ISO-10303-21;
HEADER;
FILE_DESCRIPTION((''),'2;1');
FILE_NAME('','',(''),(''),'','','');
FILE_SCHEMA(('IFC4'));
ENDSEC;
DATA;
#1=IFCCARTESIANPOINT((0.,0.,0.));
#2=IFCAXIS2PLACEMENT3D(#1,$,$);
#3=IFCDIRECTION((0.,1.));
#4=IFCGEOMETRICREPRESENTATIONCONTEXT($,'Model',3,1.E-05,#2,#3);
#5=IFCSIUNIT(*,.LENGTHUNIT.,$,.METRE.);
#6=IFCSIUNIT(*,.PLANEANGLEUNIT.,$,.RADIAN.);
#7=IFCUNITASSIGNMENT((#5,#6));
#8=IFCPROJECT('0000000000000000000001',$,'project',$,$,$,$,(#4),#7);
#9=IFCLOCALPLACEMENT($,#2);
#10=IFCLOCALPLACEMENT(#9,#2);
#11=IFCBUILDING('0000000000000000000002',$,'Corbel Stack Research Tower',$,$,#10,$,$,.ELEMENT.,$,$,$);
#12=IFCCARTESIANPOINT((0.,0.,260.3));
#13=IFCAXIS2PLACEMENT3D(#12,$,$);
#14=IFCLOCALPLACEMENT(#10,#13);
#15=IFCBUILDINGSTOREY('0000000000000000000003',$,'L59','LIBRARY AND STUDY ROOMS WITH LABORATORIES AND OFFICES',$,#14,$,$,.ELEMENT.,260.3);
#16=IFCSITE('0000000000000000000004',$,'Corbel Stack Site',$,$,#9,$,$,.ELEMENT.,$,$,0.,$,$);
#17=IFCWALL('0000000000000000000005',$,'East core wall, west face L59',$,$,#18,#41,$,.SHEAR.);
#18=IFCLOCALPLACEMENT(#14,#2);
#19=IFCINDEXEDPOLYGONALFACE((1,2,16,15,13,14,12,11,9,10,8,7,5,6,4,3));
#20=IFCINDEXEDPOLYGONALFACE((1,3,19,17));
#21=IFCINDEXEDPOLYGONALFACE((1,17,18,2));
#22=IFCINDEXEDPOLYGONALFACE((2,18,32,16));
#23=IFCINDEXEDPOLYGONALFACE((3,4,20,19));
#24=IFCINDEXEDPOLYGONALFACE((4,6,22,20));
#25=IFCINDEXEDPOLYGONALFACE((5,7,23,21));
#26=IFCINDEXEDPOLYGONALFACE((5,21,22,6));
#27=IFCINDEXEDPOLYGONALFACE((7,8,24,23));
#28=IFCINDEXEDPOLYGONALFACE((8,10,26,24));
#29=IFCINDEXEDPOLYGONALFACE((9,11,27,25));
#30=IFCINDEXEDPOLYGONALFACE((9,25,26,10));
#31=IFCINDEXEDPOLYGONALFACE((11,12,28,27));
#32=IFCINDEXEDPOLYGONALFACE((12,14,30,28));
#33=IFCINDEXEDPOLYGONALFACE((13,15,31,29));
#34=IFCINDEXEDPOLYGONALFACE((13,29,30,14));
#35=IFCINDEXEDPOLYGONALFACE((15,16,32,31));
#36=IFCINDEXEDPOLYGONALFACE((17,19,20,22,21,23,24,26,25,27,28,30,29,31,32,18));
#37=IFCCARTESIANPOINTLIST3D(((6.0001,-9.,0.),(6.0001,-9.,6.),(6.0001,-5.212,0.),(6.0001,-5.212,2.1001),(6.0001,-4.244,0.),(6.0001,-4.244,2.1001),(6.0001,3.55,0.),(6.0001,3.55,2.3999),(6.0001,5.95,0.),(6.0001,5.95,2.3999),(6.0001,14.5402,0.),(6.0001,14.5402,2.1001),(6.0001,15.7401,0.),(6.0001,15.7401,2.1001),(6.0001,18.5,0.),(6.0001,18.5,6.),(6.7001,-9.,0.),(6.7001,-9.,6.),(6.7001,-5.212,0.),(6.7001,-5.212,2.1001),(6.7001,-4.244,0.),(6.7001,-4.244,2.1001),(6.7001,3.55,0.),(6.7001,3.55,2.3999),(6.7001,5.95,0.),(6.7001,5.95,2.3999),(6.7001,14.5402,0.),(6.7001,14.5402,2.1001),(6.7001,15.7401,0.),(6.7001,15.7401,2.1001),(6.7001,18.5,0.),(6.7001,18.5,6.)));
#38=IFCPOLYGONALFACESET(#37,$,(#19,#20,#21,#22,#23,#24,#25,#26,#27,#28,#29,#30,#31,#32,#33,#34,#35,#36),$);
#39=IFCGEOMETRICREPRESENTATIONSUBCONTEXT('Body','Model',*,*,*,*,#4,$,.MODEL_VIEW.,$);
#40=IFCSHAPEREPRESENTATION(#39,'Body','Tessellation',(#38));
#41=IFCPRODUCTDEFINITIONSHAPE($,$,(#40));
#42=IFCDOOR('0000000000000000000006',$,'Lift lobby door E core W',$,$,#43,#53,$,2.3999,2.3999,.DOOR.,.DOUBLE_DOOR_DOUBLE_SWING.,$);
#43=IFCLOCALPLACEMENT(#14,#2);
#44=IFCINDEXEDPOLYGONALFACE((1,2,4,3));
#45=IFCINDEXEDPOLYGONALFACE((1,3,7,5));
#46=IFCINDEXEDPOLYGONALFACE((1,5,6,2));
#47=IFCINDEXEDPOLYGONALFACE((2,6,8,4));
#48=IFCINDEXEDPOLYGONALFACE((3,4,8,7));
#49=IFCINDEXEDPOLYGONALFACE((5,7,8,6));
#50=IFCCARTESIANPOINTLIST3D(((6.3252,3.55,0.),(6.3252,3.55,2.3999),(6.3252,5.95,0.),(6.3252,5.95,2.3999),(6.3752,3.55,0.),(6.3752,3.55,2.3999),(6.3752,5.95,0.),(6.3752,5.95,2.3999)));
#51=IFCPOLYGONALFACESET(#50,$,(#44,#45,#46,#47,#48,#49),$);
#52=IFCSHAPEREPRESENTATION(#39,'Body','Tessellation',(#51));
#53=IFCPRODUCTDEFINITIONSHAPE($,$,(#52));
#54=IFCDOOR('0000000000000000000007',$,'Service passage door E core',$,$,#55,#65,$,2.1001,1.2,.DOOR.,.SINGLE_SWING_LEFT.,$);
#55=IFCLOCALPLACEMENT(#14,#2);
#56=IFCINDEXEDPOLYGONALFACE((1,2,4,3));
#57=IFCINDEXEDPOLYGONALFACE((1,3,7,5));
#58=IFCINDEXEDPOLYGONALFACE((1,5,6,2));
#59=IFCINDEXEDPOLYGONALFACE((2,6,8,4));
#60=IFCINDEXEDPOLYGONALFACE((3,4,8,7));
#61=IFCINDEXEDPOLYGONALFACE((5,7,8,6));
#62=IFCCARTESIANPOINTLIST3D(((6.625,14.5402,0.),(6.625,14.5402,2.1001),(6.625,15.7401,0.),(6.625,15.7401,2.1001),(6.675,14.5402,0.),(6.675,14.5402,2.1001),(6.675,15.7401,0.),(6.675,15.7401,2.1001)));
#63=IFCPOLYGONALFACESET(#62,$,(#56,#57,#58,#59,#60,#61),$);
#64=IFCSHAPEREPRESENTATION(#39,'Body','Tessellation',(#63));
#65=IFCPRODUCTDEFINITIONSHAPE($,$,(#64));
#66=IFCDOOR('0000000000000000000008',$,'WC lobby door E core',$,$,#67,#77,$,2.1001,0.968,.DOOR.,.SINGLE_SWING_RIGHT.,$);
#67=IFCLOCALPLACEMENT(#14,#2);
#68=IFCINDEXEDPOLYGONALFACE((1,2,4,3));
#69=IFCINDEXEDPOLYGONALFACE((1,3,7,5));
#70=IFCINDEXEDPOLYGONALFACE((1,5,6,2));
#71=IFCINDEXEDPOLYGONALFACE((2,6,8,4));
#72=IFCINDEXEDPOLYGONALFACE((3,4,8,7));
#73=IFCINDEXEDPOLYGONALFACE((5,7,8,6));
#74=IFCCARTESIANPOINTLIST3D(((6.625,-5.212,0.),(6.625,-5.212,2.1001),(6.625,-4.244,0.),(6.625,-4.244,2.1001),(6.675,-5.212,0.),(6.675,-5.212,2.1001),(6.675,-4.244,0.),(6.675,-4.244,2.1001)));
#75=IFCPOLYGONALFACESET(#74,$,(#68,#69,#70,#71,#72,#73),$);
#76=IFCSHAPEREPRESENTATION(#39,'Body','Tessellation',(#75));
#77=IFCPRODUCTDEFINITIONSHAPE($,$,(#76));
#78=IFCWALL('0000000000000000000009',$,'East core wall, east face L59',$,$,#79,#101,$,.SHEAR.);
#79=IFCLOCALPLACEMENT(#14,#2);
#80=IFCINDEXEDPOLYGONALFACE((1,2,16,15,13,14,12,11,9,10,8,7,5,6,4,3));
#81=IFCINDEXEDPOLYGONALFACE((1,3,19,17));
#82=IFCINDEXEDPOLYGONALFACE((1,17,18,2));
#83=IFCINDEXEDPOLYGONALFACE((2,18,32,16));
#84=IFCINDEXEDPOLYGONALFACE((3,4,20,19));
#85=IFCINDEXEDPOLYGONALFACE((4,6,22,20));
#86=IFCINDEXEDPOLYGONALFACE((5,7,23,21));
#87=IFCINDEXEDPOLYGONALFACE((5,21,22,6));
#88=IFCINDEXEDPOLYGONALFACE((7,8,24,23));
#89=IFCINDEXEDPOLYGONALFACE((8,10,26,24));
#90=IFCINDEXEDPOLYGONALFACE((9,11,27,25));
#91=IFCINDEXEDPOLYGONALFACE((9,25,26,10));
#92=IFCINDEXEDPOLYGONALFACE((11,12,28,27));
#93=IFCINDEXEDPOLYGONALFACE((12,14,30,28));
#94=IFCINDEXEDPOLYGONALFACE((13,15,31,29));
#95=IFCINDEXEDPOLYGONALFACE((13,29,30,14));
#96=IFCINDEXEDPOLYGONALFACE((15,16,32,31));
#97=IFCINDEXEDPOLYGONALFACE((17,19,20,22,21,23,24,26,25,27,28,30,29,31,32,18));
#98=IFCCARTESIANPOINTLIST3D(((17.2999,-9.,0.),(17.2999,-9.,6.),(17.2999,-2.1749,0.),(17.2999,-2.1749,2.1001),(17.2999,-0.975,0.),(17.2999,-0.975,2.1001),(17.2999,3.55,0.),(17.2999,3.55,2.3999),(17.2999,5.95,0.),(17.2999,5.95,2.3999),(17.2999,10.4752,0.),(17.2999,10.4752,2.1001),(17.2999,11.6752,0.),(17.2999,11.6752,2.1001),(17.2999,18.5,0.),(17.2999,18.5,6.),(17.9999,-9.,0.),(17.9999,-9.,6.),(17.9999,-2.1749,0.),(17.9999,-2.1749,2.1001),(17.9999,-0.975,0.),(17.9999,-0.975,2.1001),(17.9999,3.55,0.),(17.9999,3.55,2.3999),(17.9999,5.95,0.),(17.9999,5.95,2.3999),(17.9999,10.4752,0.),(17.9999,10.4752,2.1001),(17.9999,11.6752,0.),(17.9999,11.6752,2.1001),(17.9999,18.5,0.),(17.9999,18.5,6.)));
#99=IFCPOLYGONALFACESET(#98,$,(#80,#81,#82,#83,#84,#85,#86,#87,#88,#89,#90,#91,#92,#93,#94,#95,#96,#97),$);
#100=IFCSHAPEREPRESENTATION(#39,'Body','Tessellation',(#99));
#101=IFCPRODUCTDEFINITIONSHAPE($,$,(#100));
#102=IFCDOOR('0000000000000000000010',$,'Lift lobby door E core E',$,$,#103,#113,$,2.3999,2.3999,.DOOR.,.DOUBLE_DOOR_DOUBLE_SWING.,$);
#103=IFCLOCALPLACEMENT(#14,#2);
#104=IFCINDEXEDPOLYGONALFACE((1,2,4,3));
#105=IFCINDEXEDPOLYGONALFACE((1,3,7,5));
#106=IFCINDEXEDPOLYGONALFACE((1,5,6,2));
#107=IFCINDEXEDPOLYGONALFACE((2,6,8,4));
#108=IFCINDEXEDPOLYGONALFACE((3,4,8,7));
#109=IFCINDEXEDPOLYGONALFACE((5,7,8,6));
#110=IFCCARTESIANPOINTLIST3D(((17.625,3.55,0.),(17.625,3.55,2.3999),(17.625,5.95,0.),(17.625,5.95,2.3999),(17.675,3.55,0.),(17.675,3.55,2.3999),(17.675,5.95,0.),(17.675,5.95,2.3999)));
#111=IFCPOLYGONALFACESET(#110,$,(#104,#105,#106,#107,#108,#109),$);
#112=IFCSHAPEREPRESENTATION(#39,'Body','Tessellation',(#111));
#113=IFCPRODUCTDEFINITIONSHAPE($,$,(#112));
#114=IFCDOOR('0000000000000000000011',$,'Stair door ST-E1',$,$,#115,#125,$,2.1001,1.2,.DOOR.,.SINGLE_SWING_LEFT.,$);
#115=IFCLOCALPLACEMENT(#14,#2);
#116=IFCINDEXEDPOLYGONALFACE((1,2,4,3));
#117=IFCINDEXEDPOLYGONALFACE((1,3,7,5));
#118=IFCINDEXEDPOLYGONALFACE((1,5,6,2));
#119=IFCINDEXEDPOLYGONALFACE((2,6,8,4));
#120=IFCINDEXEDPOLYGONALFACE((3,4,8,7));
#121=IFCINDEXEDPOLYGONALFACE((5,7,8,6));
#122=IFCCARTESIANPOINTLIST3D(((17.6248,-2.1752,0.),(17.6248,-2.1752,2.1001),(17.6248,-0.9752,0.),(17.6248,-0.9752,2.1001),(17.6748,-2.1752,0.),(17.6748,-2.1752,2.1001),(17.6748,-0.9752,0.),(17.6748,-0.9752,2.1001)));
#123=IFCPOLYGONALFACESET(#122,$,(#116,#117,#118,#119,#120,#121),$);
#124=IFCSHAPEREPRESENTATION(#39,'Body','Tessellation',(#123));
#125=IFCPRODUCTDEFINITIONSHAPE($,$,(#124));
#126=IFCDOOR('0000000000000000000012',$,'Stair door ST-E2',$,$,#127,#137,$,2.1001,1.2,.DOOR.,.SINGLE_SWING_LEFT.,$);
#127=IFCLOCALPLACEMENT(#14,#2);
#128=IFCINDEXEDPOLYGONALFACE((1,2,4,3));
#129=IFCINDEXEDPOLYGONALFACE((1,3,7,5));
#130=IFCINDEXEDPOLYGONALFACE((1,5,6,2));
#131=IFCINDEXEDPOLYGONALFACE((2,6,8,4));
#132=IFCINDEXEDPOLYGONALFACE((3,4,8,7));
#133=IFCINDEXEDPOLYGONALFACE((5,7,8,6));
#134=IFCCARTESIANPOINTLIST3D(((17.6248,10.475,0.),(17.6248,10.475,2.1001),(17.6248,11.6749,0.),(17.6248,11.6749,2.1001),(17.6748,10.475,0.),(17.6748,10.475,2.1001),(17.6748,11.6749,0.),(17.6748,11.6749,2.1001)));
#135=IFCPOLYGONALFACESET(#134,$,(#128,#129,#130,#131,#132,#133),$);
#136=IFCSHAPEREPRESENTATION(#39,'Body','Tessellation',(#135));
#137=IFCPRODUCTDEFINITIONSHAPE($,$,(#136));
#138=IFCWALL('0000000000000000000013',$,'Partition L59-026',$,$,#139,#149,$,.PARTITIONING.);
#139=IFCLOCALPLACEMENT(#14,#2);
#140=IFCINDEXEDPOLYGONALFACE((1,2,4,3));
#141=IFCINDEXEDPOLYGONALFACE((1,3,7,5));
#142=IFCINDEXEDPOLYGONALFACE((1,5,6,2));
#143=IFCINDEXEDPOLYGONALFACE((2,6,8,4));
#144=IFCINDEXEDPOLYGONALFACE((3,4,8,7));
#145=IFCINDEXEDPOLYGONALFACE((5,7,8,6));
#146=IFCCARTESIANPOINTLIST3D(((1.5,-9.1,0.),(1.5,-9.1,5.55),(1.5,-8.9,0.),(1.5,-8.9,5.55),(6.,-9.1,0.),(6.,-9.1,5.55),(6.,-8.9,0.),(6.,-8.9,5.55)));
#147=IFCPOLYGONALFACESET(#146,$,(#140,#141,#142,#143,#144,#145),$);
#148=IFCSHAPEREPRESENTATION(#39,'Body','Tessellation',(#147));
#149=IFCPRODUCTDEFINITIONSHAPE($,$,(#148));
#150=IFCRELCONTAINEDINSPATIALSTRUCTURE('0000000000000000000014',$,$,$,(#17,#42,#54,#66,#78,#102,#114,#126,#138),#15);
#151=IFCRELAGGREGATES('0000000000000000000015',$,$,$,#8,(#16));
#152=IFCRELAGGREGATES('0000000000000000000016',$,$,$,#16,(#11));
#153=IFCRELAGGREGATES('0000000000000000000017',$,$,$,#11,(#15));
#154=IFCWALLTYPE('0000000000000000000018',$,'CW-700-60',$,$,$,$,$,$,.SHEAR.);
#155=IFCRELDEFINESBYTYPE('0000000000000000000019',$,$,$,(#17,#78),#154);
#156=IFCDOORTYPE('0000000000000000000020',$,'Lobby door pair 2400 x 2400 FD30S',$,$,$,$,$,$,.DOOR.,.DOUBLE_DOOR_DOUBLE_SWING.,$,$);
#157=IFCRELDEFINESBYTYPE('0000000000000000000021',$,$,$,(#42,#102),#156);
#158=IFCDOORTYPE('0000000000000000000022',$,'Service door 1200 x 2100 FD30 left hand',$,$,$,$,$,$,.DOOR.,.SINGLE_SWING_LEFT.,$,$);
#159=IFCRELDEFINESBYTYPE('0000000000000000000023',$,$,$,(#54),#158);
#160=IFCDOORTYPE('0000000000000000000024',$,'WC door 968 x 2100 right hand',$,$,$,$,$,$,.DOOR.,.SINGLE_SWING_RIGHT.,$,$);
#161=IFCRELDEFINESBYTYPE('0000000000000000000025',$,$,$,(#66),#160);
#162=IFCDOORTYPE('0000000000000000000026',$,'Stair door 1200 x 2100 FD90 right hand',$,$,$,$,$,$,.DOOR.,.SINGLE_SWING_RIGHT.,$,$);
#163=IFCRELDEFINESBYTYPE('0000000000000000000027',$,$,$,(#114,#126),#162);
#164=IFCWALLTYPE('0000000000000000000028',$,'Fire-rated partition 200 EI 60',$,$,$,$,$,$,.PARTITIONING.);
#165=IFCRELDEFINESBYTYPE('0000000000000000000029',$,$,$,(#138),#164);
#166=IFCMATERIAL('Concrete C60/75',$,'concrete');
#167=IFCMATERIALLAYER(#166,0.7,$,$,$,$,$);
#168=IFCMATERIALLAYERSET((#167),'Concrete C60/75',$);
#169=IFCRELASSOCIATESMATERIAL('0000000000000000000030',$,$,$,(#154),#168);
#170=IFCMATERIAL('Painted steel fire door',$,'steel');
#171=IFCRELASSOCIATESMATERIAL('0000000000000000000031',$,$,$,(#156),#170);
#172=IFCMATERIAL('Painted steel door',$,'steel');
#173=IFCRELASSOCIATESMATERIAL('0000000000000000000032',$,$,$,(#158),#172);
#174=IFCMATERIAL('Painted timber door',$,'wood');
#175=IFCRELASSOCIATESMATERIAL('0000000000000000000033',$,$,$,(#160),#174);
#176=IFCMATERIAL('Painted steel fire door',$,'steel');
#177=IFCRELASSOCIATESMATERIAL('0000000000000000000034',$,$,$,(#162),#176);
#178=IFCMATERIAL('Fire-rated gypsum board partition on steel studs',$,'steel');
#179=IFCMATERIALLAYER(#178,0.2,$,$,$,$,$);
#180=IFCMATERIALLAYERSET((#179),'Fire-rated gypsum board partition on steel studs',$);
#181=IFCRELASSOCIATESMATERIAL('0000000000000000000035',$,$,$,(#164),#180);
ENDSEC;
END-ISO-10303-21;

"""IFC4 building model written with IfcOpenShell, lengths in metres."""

from ifc_helpers import new_model, si_unit, direction, frame, frame_2d, origin, place, context, subcontext, project, spatial, rectangle, extrude, material, layer, layer_set, type_object, element, fill, save


model = new_model("IFC4")

# Units and contexts
model_context = context("Model", 3, precision=1e-05, world=origin(), true_north=direction((0.0, 1.0)))
body_context = subcontext(model_context, "Body", "Model", "MODEL_VIEW")
ifc_project = project(units=[si_unit("LENGTHUNIT", "METRE"), si_unit("PLANEANGLEUNIT", "RADIAN")], contexts=[model_context])

# Site, building, storey
site_placement = place(None, origin())
site = spatial("IfcSite", under=ifc_project, at=site_placement, Name="Corbel Stack Site", CompositionType="ELEMENT", RefElevation=0.0)
building_placement = place(site_placement, origin())
building = spatial("IfcBuilding", under=site, at=building_placement, Name="Corbel Stack Research Tower", CompositionType="ELEMENT")
storey_placement = place(building_placement, frame((0.0, 0.0, 260.3)))
storey = spatial("IfcBuildingStorey", under=building, at=storey_placement, Name="L59", Description="LIBRARY AND STUDY ROOMS WITH LABORATORIES AND OFFICES", CompositionType="ELEMENT", Elevation=260.3)

# Walls, openings, doors
ifc_material_1 = material(Name="Concrete C60/75", Category="concrete")
ifc_layer_1 = layer(ifc_material_1, 0.7)
ifc_layer_set_1 = layer_set([ifc_layer_1], Name="Concrete C60/75")
wall_type_1 = type_object("IfcWallType", Name="CW-700-60", PredefinedType="SHEAR", material=ifc_layer_set_1)
ifc_material_2 = material(Name="Painted steel fire door", Category="steel")
door_type_1 = type_object("IfcDoorType", Name="Lobby door pair 2400 x 2400 FD30S", OperationType="DOUBLE_DOOR_DOUBLE_SWING", PredefinedType="DOOR", material=ifc_material_2)
wall_1_placement = place(storey_placement, frame((6.3501, -9.0, 0.0), z_axis=(0.0, 0.0, 1.0), x_axis=(0.0, 1.0, 0.0)))
wall_1 = element("IfcWall", 1, at=wall_1_placement, inside=storey, type_object=wall_type_1, Name="East core wall, west face L59", PredefinedType="SHEAR", context=body_context, shape_type="SweptSolid", body=[
    extrude(rectangle(XDim=27.5, YDim=0.7, at=frame_2d((13.75, 0.0))), origin(), (0.0, 0.0, 1.0), 6.0),
])
opening_1_placement = place(wall_1_placement, frame((12.55, 0.0, 0.0)))
opening_1 = element("IfcOpeningElement", 2, at=opening_1_placement, cuts=wall_1, PredefinedType="OPENING", context=body_context, shape_type="SweptSolid", body=[
    extrude(rectangle(XDim=2.3999, YDim=2.3999, at=frame_2d((1.2, 1.2))), frame((0.0, 0.3599, 0.0), z_axis=(0.0, -1.0, 0.0), x_axis=(1.0, 0.0, 0.0)), (0.0, 0.0, 1.0), 0.72),
])
opening_2_placement = place(wall_1_placement, frame((3.7881, 0.0, 0.0)))
opening_2 = element("IfcOpeningElement", 3, at=opening_2_placement, cuts=wall_1, PredefinedType="OPENING", context=body_context, shape_type="SweptSolid", body=[
    extrude(rectangle(XDim=0.968, YDim=2.1001, at=frame_2d((0.4839, 1.05))), frame((0.0, 0.3599, 0.0), z_axis=(0.0, -1.0, 0.0), x_axis=(1.0, 0.0, 0.0)), (0.0, 0.0, 1.0), 0.72),
])
opening_3_placement = place(wall_1_placement, frame((23.54, 0.0, 0.0)))
opening_3 = element("IfcOpeningElement", 4, at=opening_3_placement, cuts=wall_1, PredefinedType="OPENING", context=body_context, shape_type="SweptSolid", body=[
    extrude(rectangle(XDim=1.2, YDim=2.1001, at=frame_2d((0.6001, 1.05))), frame((0.0, 0.3599, 0.0), z_axis=(0.0, -1.0, 0.0), x_axis=(1.0, 0.0, 0.0)), (0.0, 0.0, 1.0), 0.72),
])
door_1_placement = place(opening_1_placement, origin())
door_1 = element("IfcDoor", 5, at=door_1_placement, inside=storey, type_object=door_type_1, Name="Lift lobby door E core W", OperationType="DOUBLE_DOOR_DOUBLE_SWING", OverallHeight=2.3999, OverallWidth=2.3999, PredefinedType="DOOR", context=body_context, shape_type="SweptSolid", body=[
    extrude(rectangle(XDim=2.3999, YDim=2.3999, at=frame_2d((1.2, 1.2))), frame((0.0, 0.0249, 0.0), z_axis=(0.0, -1.0, 0.0), x_axis=(1.0, 0.0, 0.0)), (0.0, 0.0, 1.0), 0.05),
])
fill(opening_1, door_1)
ifc_material_3 = material(Name="Painted steel door", Category="steel")
door_type_2 = type_object("IfcDoorType", Name="Service door 1200 x 2100 FD30 left hand", OperationType="SINGLE_SWING_LEFT", PredefinedType="DOOR", material=ifc_material_3)
door_2_placement = place(opening_3_placement, origin())
door_2 = element("IfcDoor", 6, at=door_2_placement, inside=storey, type_object=door_type_2, Name="Service passage door E core", OperationType="SINGLE_SWING_LEFT", OverallHeight=2.1001, OverallWidth=1.2, PredefinedType="DOOR", context=body_context, shape_type="SweptSolid", body=[
    extrude(rectangle(XDim=1.2, YDim=2.1001, at=frame_2d((0.6001, 1.05))), frame((0.0, -0.2749, 0.0), z_axis=(0.0, -1.0, 0.0), x_axis=(1.0, 0.0, 0.0)), (0.0, 0.0, 1.0), 0.05),
])
fill(opening_3, door_2)
ifc_material_4 = material(Name="Painted timber door", Category="wood")
door_type_3 = type_object("IfcDoorType", Name="WC door 968 x 2100 right hand", OperationType="SINGLE_SWING_RIGHT", PredefinedType="DOOR", material=ifc_material_4)
door_3_placement = place(opening_2_placement, origin())
door_3 = element("IfcDoor", 7, at=door_3_placement, inside=storey, type_object=door_type_3, Name="WC lobby door E core", OperationType="SINGLE_SWING_RIGHT", OverallHeight=2.1001, OverallWidth=0.968, PredefinedType="DOOR", context=body_context, shape_type="SweptSolid", body=[
    extrude(rectangle(XDim=0.968, YDim=2.1001, at=frame_2d((0.4839, 1.05))), frame((0.0, -0.2749, 0.0), z_axis=(0.0, -1.0, 0.0), x_axis=(1.0, 0.0, 0.0)), (0.0, 0.0, 1.0), 0.05),
])
fill(opening_2, door_3)
wall_2_placement = place(storey_placement, frame((17.6499, -9.0, 0.0), z_axis=(0.0, 0.0, 1.0), x_axis=(0.0, 1.0, 0.0)))
wall_2 = element("IfcWall", 8, at=wall_2_placement, inside=storey, type_object=wall_type_1, Name="East core wall, east face L59", PredefinedType="SHEAR", context=body_context, shape_type="SweptSolid", body=[
    extrude(rectangle(XDim=27.5, YDim=0.7, at=frame_2d((13.75, 0.0))), origin(), (0.0, 0.0, 1.0), 6.0),
])
opening_4_placement = place(wall_2_placement, frame((12.55, 0.0, 0.0)))
opening_4 = element("IfcOpeningElement", 9, at=opening_4_placement, cuts=wall_2, PredefinedType="OPENING", context=body_context, shape_type="SweptSolid", body=[
    extrude(rectangle(XDim=2.3999, YDim=2.3999, at=frame_2d((1.2, 1.2))), frame((0.0, 0.3599, 0.0), z_axis=(0.0, -1.0, 0.0), x_axis=(1.0, 0.0, 0.0)), (0.0, 0.0, 1.0), 0.72),
])
opening_5_placement = place(wall_2_placement, frame((6.825, 0.0, 0.0)))
opening_5 = element("IfcOpeningElement", 10, at=opening_5_placement, cuts=wall_2, PredefinedType="OPENING", context=body_context, shape_type="SweptSolid", body=[
    extrude(rectangle(XDim=1.2, YDim=2.1001, at=frame_2d((0.6001, 1.05))), frame((0.0, 0.3599, 0.0), z_axis=(0.0, -1.0, 0.0), x_axis=(1.0, 0.0, 0.0)), (0.0, 0.0, 1.0), 0.72),
])
opening_6_placement = place(wall_2_placement, frame((19.4751, 0.0, 0.0)))
opening_6 = element("IfcOpeningElement", 11, at=opening_6_placement, cuts=wall_2, PredefinedType="OPENING", context=body_context, shape_type="SweptSolid", body=[
    extrude(rectangle(XDim=1.2, YDim=2.1001, at=frame_2d((0.6001, 1.05))), frame((0.0, 0.3599, 0.0), z_axis=(0.0, -1.0, 0.0), x_axis=(1.0, 0.0, 0.0)), (0.0, 0.0, 1.0), 0.72),
])
door_4_placement = place(opening_4_placement, origin())
door_4 = element("IfcDoor", 12, at=door_4_placement, inside=storey, type_object=door_type_1, Name="Lift lobby door E core E", OperationType="DOUBLE_DOOR_DOUBLE_SWING", OverallHeight=2.3999, OverallWidth=2.3999, PredefinedType="DOOR", context=body_context, shape_type="SweptSolid", body=[
    extrude(rectangle(XDim=2.3999, YDim=2.3999, at=frame_2d((1.2, 1.2))), frame((0.0, 0.0249, 0.0), z_axis=(0.0, -1.0, 0.0), x_axis=(1.0, 0.0, 0.0)), (0.0, 0.0, 1.0), 0.05),
])
fill(opening_4, door_4)
ifc_material_5 = material(Name="Painted steel fire door", Category="steel")
door_type_4 = type_object("IfcDoorType", Name="Stair door 1200 x 2100 FD90 right hand", OperationType="SINGLE_SWING_RIGHT", PredefinedType="DOOR", material=ifc_material_5)
door_5_placement = place(opening_5_placement, frame((1.2, 0.0, 0.0), z_axis=(0.0, 0.0, 1.0), x_axis=(-1.0, 0.0, 0.0)))
door_5 = element("IfcDoor", 13, at=door_5_placement, inside=storey, type_object=door_type_4, Name="Stair door ST-E1", OperationType="SINGLE_SWING_LEFT", OverallHeight=2.1001, OverallWidth=1.2, PredefinedType="DOOR", context=body_context, shape_type="SweptSolid", body=[
    extrude(rectangle(XDim=1.2, YDim=2.1001, at=frame_2d((0.6001, 1.05))), frame((0.0, 0.0249, 0.0), z_axis=(0.0, -1.0, 0.0), x_axis=(1.0, 0.0, 0.0)), (0.0, 0.0, 1.0), 0.05),
])
fill(opening_5, door_5)
door_6_placement = place(opening_6_placement, frame((1.2, 0.0, 0.0), z_axis=(0.0, 0.0, 1.0), x_axis=(-1.0, 0.0, 0.0)))
door_6 = element("IfcDoor", 14, at=door_6_placement, inside=storey, type_object=door_type_4, Name="Stair door ST-E2", OperationType="SINGLE_SWING_LEFT", OverallHeight=2.1001, OverallWidth=1.2, PredefinedType="DOOR", context=body_context, shape_type="SweptSolid", body=[
    extrude(rectangle(XDim=1.2, YDim=2.1001, at=frame_2d((0.6001, 1.05))), frame((0.0, 0.0249, 0.0), z_axis=(0.0, -1.0, 0.0), x_axis=(1.0, 0.0, 0.0)), (0.0, 0.0, 1.0), 0.05),
])
fill(opening_6, door_6)

# Wall
ifc_material_6 = material(Name="Fire-rated gypsum board partition on steel studs", Category="steel")
ifc_layer_2 = layer(ifc_material_6, 0.2)
ifc_layer_set_2 = layer_set([ifc_layer_2], Name="Fire-rated gypsum board partition on steel studs")
wall_type_2 = type_object("IfcWallType", Name="Fire-rated partition 200 EI 60", PredefinedType="PARTITIONING", material=ifc_layer_set_2)
wall_3_placement = place(storey_placement, frame((1.5, -9.0, 0.0), z_axis=(0.0, 0.0, 1.0), x_axis=(1.0, 0.0, 0.0)))
element("IfcWall", 15, at=wall_3_placement, inside=storey, type_object=wall_type_2, Name="Partition L59-026", PredefinedType="PARTITIONING", context=body_context, shape_type="SweptSolid", body=[
    extrude(rectangle(XDim=4.5, YDim=0.2, at=frame_2d((2.25, 0.0))), origin(), (0.0, 0.0, 1.0), 5.55),
])

save(model, "model.ifc")
